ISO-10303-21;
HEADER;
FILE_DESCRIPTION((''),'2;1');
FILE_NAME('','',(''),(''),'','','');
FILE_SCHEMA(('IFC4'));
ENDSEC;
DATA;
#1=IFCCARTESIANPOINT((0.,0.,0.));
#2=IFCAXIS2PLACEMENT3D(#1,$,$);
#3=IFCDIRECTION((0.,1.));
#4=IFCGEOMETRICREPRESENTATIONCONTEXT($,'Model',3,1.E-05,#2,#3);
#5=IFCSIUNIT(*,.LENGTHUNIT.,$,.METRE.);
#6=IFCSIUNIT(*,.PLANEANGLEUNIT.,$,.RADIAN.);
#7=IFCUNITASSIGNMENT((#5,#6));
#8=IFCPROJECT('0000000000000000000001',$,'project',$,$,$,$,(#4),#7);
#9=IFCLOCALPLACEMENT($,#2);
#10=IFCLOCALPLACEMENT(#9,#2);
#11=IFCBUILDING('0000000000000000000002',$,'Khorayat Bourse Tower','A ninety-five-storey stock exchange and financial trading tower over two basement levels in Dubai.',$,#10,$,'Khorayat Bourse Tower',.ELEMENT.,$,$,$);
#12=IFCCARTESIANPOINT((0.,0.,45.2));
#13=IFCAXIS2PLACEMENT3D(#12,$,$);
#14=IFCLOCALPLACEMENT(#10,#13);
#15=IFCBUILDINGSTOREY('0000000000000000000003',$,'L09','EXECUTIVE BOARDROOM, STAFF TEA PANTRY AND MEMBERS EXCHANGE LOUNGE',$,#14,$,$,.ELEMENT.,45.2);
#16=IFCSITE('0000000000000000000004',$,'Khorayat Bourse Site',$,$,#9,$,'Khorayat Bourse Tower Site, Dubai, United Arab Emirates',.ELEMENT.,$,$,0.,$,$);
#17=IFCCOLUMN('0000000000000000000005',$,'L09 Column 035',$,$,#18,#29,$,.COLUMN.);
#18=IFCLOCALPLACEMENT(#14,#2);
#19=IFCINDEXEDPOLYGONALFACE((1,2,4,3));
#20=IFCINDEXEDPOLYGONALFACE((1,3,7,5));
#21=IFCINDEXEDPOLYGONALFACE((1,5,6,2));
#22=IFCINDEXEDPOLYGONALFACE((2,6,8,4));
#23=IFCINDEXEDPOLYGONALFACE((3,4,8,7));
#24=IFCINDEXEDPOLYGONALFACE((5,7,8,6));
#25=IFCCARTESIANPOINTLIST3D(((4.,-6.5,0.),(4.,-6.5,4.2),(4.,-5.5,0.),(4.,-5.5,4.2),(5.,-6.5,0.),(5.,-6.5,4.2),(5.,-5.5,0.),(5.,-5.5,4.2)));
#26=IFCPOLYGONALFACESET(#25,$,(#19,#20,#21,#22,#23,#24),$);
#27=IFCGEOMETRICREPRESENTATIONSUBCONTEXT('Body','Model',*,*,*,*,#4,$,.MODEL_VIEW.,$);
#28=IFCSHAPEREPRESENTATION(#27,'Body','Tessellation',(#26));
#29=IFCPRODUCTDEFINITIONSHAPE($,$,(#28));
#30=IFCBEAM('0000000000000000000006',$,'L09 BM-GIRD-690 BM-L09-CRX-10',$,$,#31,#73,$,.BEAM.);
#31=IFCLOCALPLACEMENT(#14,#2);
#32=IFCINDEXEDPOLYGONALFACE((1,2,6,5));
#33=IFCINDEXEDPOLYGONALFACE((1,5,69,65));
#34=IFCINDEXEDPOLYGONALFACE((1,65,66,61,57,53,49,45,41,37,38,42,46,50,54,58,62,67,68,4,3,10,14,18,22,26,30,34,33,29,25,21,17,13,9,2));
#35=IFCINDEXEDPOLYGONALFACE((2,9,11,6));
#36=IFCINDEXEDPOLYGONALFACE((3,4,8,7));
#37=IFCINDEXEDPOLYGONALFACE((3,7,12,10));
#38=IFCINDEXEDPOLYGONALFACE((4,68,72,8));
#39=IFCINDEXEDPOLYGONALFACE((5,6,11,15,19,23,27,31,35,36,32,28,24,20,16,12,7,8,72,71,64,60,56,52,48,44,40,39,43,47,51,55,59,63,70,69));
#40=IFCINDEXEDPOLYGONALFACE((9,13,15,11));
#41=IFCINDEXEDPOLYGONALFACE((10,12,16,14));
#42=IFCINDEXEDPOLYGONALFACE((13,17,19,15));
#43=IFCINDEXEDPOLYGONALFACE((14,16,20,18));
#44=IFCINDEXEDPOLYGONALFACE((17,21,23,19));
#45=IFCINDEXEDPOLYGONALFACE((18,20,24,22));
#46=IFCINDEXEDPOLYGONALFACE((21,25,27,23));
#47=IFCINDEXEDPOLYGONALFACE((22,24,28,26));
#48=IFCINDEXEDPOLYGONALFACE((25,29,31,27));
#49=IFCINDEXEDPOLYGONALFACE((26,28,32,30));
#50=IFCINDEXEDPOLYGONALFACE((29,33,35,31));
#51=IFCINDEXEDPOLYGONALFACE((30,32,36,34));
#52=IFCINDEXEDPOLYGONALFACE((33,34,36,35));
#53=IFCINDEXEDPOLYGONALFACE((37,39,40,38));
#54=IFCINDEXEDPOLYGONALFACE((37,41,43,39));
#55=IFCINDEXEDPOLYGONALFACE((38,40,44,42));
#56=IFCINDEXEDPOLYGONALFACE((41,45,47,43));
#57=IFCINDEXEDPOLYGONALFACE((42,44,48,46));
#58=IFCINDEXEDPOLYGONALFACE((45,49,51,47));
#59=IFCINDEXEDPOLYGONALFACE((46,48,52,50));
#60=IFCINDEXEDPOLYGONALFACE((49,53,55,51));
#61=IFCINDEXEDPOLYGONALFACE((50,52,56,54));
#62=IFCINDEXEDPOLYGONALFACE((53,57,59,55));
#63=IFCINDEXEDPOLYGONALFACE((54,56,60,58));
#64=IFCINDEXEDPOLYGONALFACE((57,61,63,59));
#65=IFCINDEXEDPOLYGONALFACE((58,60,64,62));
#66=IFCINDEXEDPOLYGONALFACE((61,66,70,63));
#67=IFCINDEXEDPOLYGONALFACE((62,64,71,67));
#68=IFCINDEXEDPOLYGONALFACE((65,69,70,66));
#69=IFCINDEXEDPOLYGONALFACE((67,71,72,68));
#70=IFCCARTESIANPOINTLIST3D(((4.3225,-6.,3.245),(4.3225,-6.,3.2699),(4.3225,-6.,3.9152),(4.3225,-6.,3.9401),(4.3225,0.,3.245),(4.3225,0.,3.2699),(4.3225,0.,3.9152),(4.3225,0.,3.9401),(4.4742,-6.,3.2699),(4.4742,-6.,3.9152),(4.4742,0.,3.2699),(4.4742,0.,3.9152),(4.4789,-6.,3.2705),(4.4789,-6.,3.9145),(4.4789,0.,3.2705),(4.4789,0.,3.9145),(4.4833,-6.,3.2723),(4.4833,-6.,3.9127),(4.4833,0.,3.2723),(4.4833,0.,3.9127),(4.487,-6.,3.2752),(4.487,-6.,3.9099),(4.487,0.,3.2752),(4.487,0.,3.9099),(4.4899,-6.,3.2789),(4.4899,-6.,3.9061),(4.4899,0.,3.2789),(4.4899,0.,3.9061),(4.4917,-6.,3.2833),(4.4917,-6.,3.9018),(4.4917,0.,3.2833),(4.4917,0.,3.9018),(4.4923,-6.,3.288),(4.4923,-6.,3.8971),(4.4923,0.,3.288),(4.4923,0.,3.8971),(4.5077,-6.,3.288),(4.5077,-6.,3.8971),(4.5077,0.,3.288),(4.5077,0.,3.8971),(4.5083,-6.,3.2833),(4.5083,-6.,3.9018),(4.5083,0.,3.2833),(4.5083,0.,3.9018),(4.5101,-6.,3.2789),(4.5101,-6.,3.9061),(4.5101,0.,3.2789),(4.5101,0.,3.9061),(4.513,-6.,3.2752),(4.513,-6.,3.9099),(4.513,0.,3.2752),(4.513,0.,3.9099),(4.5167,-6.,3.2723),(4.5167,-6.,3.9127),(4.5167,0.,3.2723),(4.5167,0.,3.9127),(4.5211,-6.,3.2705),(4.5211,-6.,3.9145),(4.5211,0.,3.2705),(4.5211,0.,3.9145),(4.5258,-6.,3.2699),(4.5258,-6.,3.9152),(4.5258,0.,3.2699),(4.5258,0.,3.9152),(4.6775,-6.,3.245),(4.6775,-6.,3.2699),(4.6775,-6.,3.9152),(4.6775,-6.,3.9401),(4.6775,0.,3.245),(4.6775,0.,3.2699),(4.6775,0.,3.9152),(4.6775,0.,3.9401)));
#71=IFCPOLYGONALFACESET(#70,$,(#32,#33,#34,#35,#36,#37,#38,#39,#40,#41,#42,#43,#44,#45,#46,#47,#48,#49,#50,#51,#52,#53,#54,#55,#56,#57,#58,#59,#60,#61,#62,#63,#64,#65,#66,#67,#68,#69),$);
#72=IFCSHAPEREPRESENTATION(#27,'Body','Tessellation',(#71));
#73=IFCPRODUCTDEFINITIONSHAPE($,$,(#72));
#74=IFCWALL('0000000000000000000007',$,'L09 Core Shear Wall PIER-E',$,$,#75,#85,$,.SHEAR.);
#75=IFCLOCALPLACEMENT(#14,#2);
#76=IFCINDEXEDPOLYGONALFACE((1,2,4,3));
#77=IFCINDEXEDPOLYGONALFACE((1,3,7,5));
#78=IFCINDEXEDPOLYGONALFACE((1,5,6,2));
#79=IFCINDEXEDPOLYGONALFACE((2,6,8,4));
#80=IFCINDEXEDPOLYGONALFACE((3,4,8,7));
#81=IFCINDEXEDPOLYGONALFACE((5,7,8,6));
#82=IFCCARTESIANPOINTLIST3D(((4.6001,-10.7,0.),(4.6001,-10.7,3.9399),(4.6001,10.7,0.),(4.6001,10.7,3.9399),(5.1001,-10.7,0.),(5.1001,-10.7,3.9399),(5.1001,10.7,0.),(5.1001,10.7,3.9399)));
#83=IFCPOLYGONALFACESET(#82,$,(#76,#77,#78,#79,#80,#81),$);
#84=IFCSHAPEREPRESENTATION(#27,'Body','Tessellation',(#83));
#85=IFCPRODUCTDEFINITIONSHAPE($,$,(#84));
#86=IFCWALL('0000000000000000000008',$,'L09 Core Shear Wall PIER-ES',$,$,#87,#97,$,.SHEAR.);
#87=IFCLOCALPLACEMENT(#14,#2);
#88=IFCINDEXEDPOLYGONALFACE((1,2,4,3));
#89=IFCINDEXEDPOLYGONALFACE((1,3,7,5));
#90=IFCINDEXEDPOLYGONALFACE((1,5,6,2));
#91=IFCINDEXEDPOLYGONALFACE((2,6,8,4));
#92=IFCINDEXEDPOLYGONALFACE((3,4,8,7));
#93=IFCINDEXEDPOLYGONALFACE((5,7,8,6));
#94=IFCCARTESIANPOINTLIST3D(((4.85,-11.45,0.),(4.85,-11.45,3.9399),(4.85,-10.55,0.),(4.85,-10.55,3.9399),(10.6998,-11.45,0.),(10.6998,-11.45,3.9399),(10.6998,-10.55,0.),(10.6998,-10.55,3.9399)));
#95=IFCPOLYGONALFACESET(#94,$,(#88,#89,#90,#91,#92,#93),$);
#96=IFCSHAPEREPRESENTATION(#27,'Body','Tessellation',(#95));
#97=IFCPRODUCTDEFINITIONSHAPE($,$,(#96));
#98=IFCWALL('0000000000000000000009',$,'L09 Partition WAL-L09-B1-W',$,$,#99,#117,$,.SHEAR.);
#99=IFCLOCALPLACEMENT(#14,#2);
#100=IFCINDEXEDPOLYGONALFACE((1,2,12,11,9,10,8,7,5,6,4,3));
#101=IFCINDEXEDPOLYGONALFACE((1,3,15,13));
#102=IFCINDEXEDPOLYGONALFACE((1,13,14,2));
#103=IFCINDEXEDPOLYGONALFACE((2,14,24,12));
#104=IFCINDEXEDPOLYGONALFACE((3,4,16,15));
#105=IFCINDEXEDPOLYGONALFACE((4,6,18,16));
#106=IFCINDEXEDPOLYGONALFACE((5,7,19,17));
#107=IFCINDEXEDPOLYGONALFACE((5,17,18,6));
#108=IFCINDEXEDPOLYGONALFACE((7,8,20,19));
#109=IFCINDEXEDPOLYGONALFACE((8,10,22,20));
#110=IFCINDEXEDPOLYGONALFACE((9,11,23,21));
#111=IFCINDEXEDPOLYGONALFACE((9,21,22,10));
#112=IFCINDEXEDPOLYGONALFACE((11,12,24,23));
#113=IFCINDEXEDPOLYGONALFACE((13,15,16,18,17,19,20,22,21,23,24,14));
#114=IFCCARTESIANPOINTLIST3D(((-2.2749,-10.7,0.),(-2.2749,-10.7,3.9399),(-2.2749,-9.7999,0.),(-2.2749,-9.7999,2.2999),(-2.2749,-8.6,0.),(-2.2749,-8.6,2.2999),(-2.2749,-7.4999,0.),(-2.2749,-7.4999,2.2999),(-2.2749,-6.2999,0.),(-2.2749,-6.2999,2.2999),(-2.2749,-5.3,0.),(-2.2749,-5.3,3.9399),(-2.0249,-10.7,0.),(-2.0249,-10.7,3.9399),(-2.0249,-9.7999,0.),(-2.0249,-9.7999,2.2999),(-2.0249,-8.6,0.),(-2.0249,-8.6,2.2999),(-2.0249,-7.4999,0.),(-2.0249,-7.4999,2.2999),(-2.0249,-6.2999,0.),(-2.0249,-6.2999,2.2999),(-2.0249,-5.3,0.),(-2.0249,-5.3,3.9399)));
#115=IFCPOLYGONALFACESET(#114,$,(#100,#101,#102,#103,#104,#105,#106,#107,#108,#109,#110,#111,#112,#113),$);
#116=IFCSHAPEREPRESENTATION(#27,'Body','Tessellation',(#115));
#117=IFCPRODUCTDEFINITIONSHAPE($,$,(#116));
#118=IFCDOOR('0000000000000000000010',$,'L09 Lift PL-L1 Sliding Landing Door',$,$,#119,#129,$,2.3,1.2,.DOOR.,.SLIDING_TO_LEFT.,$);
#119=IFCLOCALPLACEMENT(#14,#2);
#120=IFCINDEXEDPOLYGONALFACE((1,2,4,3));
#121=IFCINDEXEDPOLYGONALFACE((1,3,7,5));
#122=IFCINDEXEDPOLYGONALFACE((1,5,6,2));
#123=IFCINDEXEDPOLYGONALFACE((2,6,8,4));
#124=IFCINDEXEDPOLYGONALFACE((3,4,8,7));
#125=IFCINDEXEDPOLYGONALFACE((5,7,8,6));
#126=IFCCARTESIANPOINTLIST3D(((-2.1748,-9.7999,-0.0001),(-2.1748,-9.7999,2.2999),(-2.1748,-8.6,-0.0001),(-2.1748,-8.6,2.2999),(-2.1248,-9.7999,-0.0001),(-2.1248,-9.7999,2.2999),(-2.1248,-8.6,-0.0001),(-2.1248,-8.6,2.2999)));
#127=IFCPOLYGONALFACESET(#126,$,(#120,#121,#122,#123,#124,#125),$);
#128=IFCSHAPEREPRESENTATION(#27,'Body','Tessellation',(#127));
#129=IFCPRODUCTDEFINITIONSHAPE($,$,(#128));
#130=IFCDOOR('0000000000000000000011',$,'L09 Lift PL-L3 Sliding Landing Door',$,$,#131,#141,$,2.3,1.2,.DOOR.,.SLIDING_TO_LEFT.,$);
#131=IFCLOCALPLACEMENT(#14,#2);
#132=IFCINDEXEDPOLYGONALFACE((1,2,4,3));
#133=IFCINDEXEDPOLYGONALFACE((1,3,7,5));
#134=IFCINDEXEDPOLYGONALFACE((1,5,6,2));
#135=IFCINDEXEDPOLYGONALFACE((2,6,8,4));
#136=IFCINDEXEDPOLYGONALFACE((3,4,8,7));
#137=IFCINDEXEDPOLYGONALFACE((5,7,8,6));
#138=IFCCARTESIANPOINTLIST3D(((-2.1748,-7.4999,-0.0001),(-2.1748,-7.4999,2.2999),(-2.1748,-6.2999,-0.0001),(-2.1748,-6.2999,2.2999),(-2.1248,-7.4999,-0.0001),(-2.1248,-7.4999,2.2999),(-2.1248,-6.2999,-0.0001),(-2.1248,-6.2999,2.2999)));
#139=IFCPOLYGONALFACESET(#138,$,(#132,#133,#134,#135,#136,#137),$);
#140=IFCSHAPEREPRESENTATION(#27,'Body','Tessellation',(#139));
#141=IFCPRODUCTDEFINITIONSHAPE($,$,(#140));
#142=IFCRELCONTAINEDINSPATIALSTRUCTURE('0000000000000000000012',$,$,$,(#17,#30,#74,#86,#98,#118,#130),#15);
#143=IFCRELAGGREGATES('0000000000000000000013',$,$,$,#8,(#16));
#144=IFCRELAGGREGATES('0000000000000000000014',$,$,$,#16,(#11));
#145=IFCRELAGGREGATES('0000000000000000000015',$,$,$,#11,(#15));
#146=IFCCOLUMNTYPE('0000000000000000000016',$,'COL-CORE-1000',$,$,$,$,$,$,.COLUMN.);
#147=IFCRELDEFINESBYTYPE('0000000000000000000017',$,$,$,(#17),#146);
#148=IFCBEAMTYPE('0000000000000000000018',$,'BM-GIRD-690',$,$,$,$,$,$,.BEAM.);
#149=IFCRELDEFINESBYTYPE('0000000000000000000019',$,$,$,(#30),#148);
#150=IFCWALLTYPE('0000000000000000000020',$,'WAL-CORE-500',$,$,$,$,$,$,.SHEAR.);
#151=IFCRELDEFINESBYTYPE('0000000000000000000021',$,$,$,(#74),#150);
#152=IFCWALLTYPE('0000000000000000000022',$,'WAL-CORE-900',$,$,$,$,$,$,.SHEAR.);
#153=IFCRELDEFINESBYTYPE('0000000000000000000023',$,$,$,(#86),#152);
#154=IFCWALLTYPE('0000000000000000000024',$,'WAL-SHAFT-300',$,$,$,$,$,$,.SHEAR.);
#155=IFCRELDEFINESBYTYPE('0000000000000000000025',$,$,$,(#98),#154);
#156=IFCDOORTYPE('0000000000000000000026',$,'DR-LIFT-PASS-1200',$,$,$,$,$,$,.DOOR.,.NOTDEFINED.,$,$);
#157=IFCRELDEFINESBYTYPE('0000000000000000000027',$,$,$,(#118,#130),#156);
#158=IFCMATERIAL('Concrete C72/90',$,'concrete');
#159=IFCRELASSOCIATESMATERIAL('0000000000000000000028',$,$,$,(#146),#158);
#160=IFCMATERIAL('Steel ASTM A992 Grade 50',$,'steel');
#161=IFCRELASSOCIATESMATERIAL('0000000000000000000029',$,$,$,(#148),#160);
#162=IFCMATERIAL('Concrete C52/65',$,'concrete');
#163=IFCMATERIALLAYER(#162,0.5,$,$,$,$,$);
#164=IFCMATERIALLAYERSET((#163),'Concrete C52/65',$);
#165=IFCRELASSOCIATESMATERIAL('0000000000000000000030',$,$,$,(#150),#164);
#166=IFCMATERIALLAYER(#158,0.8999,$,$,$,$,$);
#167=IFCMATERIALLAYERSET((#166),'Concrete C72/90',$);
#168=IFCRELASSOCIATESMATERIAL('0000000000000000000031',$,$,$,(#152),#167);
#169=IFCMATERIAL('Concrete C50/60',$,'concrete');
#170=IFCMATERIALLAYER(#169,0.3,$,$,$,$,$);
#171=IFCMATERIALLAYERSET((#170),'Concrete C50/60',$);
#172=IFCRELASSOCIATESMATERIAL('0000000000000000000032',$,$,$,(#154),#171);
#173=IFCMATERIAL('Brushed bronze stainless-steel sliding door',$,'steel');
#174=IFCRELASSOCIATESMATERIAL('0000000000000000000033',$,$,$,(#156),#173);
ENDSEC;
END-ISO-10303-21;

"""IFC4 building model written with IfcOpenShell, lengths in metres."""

from ifc_helpers import new_model, si_unit, direction, frame, frame_2d, origin, origin_2d, place, context, subcontext, project, spatial, rectangle, i_section, extrude, source, transform, mapped, material, layer, layer_set, material_profile, profile_set, type_object, element, fill, save


model = new_model("IFC4")

# Units and contexts
model_context = context("Model", 3, precision=1e-05, world=origin(), true_north=direction((0.0, 1.0)))
body_context = subcontext(model_context, "Body", "Model", "MODEL_VIEW")
ifc_project = project(units=[si_unit("LENGTHUNIT", "METRE"), si_unit("PLANEANGLEUNIT", "RADIAN")], contexts=[model_context])

# Site, building, storey
site_placement = place(None, origin())
site = spatial("IfcSite", under=ifc_project, at=site_placement, Name="Khorayat Bourse Site", LongName="Khorayat Bourse Tower Site, Dubai, United Arab Emirates", CompositionType="ELEMENT", RefElevation=0.0)
building_placement = place(site_placement, origin())
building = spatial("IfcBuilding", under=site, at=building_placement, Name="Khorayat Bourse Tower", Description="A ninety-five-storey stock exchange and financial trading tower over two basement levels in Dubai.", LongName="Khorayat Bourse Tower", CompositionType="ELEMENT")
storey_placement = place(building_placement, frame((0.0, 0.0, 45.2)))
storey = spatial("IfcBuildingStorey", under=building, at=storey_placement, Name="L09", Description="EXECUTIVE BOARDROOM, STAFF TEA PANTRY AND MEMBERS EXCHANGE LOUNGE", CompositionType="ELEMENT", Elevation=45.2)

# Column
ifc_material_1 = material(Name="Concrete C72/90", Category="concrete")
ifc_material_profile_1 = material_profile(ifc_material_1, rectangle(XDim=1.0, YDim=1.0, at=origin_2d()), Name="RC 1000x1000")
ifc_profile_set_1 = profile_set([ifc_material_profile_1], Name="Concrete C72/90")
column_type = type_object("IfcColumnType", Name="COL-CORE-1000", PredefinedType="COLUMN", material=ifc_profile_set_1)
shared_shape_1 = source(origin(), body_context, "Body", "SweptSolid", [
    extrude(rectangle(XDim=1.0, YDim=1.0, at=origin_2d()), origin(), (0.0, 0.0, 1.0), 4.2),
])
column_placement = place(storey_placement, frame((4.5, -6.0, 0.0), z_axis=(0.0, 0.0, 1.0), x_axis=(1.0, 0.0, 0.0)))
element("IfcColumn", 1, at=column_placement, inside=storey, type_object=column_type, Name="L09 Column 035", PredefinedType="COLUMN", context=body_context, shape_type="MappedRepresentation", body=[
    mapped(shared_shape_1, transform((0.0, 0.0, 0.0), scale=1.0)),
])

# Beam
ifc_material_2 = material(Name="Steel ASTM A992 Grade 50", Category="steel")
ifc_material_profile_2 = material_profile(ifc_material_2, i_section(OverallWidth=0.355, OverallDepth=0.6951, WebThickness=0.0154, FlangeThickness=0.0249, FilletRadius=0.0181, at=origin_2d()), Name="W690X217")
ifc_profile_set_2 = profile_set([ifc_material_profile_2], Name="Steel ASTM A992 Grade 50")
beam_type = type_object("IfcBeamType", Name="BM-GIRD-690", PredefinedType="BEAM", material=ifc_profile_set_2)
shared_shape_2 = source(origin(), body_context, "Body", "SweptSolid", [
    extrude(i_section(OverallWidth=0.355, OverallDepth=0.6951, WebThickness=0.0154, FlangeThickness=0.0249, FilletRadius=0.0181, at=origin_2d()), origin(), (0.0, 0.0, 1.0), 6.0),
])
beam_placement = place(storey_placement, frame((4.5, -6.0, 3.5925), z_axis=(0.0, 1.0, 0.0), x_axis=(-1.0, 0.0, 0.0)))
element("IfcBeam", 2, at=beam_placement, inside=storey, type_object=beam_type, Name="L09 BM-GIRD-690 BM-L09-CRX-10", PredefinedType="BEAM", context=body_context, shape_type="MappedRepresentation", body=[
    mapped(shared_shape_2, transform((0.0, 0.0, 0.0), scale=1.0)),
])

# Walls
ifc_material_3 = material(Name="Concrete C52/65", Category="concrete")
ifc_layer_1 = layer(ifc_material_3, 0.5)
ifc_layer_set_1 = layer_set([ifc_layer_1], Name="Concrete C52/65")
wall_type_1 = type_object("IfcWallType", Name="WAL-CORE-500", PredefinedType="SHEAR", material=ifc_layer_set_1)
shared_shape_3 = source(origin(), body_context, "Body", "SweptSolid", [
    extrude(rectangle(XDim=21.3999, YDim=0.5, at=frame_2d((10.7, 0.0))), origin(), (0.0, 0.0, 1.0), 3.9399),
])
wall_1_placement = place(storey_placement, frame((4.8501, -10.7, 0.0), z_axis=(0.0, 0.0, 1.0), x_axis=(0.0, 1.0, 0.0)))
element("IfcWall", 3, at=wall_1_placement, inside=storey, type_object=wall_type_1, Name="L09 Core Shear Wall PIER-E", PredefinedType="SHEAR", context=body_context, shape_type="MappedRepresentation", body=[
    mapped(shared_shape_3, transform((0.0, 0.0, 0.0), scale=1.0)),
])
ifc_layer_2 = layer(ifc_material_1, 0.8999)
ifc_layer_set_2 = layer_set([ifc_layer_2], Name="Concrete C72/90")
wall_type_2 = type_object("IfcWallType", Name="WAL-CORE-900", PredefinedType="SHEAR", material=ifc_layer_set_2)
shared_shape_4 = source(origin(), body_context, "Body", "SweptSolid", [
    extrude(rectangle(XDim=5.8499, YDim=0.8999, at=frame_2d((2.9248, 0.0))), origin(), (0.0, 0.0, 1.0), 3.9399),
])
wall_2_placement = place(storey_placement, frame((4.8501, -11.0, 0.0), z_axis=(0.0, 0.0, 1.0), x_axis=(1.0, 0.0, 0.0)))
element("IfcWall", 4, at=wall_2_placement, inside=storey, type_object=wall_type_2, Name="L09 Core Shear Wall PIER-ES", PredefinedType="SHEAR", context=body_context, shape_type="MappedRepresentation", body=[
    mapped(shared_shape_4, transform((0.0, 0.0, 0.0), scale=1.0)),
])

# Wall, openings, doors
ifc_material_4 = material(Name="Concrete C50/60", Category="concrete")
ifc_layer_3 = layer(ifc_material_4, 0.3)
ifc_layer_set_3 = layer_set([ifc_layer_3], Name="Concrete C50/60")
wall_type_3 = type_object("IfcWallType", Name="WAL-SHAFT-300", PredefinedType="SHEAR", material=ifc_layer_set_3)
shared_shape_5 = source(origin(), body_context, "Body", "SweptSolid", [
    extrude(rectangle(XDim=5.3999, YDim=0.25, at=frame_2d((2.7, 0.0))), origin(), (0.0, 0.0, 1.0), 3.9399),
])
wall_3_placement = place(storey_placement, frame((-2.1499, -10.7, 0.0), z_axis=(0.0, 0.0, 1.0), x_axis=(0.0, 1.0, 0.0)))
wall_3 = element("IfcWall", 5, at=wall_3_placement, inside=storey, type_object=wall_type_3, Name="L09 Partition WAL-L09-B1-W", PredefinedType="SHEAR", context=body_context, shape_type="MappedRepresentation", body=[
    mapped(shared_shape_5, transform((0.0, 0.0, 0.0), scale=1.0)),
])
shared_shape_6 = source(origin(), body_context, "Body", "SweptSolid", [
    extrude(rectangle(XDim=1.2, YDim=2.3, at=frame_2d((0.6001, 1.1499))), frame((0.0, 0.135, 0.0), z_axis=(0.0, -1.0, 0.0), x_axis=(1.0, 0.0, 0.0)), (0.0, 0.0, 1.0), 0.27),
])
opening_1_placement = place(wall_3_placement, frame((0.8999, 0.0, 0.0)))
opening_1 = element("IfcOpeningElement", 6, at=opening_1_placement, cuts=wall_3, PredefinedType="OPENING", context=body_context, shape_type="MappedRepresentation", body=[
    mapped(shared_shape_6, transform((0.0, 0.0, 0.0), scale=1.0)),
])
opening_2_placement = place(wall_3_placement, frame((3.2, 0.0, 0.0)))
opening_2 = element("IfcOpeningElement", 7, at=opening_2_placement, cuts=wall_3, PredefinedType="OPENING", context=body_context, shape_type="MappedRepresentation", body=[
    mapped(shared_shape_6, transform((0.0, 0.0, 0.0), scale=1.0)),
])
ifc_material_5 = material(Name="Brushed bronze stainless-steel sliding door", Category="steel")
door_type_1 = type_object("IfcDoorType", Name="DR-LIFT-PASS-1200", OperationType="NOTDEFINED", PredefinedType="DOOR", material=ifc_material_5)
shared_shape_7 = source(origin(), body_context, "Body", "SweptSolid", [
    extrude(rectangle(XDim=1.2, YDim=2.3, at=frame_2d((0.6001, 1.1499))), frame((0.0, 0.0249, 0.0), z_axis=(0.0, -1.0, 0.0), x_axis=(1.0, 0.0, 0.0)), (0.0, 0.0, 1.0), 0.05),
])
door_1_placement = place(opening_1_placement, origin())
door_1 = element("IfcDoor", 8, at=door_1_placement, inside=storey, type_object=door_type_1, Name="L09 Lift PL-L1 Sliding Landing Door", OperationType="SLIDING_TO_LEFT", OverallHeight=2.3, OverallWidth=1.2, PredefinedType="DOOR", context=body_context, shape_type="MappedRepresentation", body=[
    mapped(shared_shape_7, transform((0.0, 0.0, 0.0), scale=1.0)),
])
fill(opening_1, door_1)
door_2_placement = place(opening_2_placement, origin())
door_2 = element("IfcDoor", 9, at=door_2_placement, inside=storey, type_object=door_type_1, Name="L09 Lift PL-L3 Sliding Landing Door", OperationType="SLIDING_TO_LEFT", OverallHeight=2.3, OverallWidth=1.2, PredefinedType="DOOR", context=body_context, shape_type="MappedRepresentation", body=[
    mapped(shared_shape_7, transform((0.0, 0.0, 0.0), scale=1.0)),
])
fill(opening_2, door_2)

save(model, "model.ifc")
